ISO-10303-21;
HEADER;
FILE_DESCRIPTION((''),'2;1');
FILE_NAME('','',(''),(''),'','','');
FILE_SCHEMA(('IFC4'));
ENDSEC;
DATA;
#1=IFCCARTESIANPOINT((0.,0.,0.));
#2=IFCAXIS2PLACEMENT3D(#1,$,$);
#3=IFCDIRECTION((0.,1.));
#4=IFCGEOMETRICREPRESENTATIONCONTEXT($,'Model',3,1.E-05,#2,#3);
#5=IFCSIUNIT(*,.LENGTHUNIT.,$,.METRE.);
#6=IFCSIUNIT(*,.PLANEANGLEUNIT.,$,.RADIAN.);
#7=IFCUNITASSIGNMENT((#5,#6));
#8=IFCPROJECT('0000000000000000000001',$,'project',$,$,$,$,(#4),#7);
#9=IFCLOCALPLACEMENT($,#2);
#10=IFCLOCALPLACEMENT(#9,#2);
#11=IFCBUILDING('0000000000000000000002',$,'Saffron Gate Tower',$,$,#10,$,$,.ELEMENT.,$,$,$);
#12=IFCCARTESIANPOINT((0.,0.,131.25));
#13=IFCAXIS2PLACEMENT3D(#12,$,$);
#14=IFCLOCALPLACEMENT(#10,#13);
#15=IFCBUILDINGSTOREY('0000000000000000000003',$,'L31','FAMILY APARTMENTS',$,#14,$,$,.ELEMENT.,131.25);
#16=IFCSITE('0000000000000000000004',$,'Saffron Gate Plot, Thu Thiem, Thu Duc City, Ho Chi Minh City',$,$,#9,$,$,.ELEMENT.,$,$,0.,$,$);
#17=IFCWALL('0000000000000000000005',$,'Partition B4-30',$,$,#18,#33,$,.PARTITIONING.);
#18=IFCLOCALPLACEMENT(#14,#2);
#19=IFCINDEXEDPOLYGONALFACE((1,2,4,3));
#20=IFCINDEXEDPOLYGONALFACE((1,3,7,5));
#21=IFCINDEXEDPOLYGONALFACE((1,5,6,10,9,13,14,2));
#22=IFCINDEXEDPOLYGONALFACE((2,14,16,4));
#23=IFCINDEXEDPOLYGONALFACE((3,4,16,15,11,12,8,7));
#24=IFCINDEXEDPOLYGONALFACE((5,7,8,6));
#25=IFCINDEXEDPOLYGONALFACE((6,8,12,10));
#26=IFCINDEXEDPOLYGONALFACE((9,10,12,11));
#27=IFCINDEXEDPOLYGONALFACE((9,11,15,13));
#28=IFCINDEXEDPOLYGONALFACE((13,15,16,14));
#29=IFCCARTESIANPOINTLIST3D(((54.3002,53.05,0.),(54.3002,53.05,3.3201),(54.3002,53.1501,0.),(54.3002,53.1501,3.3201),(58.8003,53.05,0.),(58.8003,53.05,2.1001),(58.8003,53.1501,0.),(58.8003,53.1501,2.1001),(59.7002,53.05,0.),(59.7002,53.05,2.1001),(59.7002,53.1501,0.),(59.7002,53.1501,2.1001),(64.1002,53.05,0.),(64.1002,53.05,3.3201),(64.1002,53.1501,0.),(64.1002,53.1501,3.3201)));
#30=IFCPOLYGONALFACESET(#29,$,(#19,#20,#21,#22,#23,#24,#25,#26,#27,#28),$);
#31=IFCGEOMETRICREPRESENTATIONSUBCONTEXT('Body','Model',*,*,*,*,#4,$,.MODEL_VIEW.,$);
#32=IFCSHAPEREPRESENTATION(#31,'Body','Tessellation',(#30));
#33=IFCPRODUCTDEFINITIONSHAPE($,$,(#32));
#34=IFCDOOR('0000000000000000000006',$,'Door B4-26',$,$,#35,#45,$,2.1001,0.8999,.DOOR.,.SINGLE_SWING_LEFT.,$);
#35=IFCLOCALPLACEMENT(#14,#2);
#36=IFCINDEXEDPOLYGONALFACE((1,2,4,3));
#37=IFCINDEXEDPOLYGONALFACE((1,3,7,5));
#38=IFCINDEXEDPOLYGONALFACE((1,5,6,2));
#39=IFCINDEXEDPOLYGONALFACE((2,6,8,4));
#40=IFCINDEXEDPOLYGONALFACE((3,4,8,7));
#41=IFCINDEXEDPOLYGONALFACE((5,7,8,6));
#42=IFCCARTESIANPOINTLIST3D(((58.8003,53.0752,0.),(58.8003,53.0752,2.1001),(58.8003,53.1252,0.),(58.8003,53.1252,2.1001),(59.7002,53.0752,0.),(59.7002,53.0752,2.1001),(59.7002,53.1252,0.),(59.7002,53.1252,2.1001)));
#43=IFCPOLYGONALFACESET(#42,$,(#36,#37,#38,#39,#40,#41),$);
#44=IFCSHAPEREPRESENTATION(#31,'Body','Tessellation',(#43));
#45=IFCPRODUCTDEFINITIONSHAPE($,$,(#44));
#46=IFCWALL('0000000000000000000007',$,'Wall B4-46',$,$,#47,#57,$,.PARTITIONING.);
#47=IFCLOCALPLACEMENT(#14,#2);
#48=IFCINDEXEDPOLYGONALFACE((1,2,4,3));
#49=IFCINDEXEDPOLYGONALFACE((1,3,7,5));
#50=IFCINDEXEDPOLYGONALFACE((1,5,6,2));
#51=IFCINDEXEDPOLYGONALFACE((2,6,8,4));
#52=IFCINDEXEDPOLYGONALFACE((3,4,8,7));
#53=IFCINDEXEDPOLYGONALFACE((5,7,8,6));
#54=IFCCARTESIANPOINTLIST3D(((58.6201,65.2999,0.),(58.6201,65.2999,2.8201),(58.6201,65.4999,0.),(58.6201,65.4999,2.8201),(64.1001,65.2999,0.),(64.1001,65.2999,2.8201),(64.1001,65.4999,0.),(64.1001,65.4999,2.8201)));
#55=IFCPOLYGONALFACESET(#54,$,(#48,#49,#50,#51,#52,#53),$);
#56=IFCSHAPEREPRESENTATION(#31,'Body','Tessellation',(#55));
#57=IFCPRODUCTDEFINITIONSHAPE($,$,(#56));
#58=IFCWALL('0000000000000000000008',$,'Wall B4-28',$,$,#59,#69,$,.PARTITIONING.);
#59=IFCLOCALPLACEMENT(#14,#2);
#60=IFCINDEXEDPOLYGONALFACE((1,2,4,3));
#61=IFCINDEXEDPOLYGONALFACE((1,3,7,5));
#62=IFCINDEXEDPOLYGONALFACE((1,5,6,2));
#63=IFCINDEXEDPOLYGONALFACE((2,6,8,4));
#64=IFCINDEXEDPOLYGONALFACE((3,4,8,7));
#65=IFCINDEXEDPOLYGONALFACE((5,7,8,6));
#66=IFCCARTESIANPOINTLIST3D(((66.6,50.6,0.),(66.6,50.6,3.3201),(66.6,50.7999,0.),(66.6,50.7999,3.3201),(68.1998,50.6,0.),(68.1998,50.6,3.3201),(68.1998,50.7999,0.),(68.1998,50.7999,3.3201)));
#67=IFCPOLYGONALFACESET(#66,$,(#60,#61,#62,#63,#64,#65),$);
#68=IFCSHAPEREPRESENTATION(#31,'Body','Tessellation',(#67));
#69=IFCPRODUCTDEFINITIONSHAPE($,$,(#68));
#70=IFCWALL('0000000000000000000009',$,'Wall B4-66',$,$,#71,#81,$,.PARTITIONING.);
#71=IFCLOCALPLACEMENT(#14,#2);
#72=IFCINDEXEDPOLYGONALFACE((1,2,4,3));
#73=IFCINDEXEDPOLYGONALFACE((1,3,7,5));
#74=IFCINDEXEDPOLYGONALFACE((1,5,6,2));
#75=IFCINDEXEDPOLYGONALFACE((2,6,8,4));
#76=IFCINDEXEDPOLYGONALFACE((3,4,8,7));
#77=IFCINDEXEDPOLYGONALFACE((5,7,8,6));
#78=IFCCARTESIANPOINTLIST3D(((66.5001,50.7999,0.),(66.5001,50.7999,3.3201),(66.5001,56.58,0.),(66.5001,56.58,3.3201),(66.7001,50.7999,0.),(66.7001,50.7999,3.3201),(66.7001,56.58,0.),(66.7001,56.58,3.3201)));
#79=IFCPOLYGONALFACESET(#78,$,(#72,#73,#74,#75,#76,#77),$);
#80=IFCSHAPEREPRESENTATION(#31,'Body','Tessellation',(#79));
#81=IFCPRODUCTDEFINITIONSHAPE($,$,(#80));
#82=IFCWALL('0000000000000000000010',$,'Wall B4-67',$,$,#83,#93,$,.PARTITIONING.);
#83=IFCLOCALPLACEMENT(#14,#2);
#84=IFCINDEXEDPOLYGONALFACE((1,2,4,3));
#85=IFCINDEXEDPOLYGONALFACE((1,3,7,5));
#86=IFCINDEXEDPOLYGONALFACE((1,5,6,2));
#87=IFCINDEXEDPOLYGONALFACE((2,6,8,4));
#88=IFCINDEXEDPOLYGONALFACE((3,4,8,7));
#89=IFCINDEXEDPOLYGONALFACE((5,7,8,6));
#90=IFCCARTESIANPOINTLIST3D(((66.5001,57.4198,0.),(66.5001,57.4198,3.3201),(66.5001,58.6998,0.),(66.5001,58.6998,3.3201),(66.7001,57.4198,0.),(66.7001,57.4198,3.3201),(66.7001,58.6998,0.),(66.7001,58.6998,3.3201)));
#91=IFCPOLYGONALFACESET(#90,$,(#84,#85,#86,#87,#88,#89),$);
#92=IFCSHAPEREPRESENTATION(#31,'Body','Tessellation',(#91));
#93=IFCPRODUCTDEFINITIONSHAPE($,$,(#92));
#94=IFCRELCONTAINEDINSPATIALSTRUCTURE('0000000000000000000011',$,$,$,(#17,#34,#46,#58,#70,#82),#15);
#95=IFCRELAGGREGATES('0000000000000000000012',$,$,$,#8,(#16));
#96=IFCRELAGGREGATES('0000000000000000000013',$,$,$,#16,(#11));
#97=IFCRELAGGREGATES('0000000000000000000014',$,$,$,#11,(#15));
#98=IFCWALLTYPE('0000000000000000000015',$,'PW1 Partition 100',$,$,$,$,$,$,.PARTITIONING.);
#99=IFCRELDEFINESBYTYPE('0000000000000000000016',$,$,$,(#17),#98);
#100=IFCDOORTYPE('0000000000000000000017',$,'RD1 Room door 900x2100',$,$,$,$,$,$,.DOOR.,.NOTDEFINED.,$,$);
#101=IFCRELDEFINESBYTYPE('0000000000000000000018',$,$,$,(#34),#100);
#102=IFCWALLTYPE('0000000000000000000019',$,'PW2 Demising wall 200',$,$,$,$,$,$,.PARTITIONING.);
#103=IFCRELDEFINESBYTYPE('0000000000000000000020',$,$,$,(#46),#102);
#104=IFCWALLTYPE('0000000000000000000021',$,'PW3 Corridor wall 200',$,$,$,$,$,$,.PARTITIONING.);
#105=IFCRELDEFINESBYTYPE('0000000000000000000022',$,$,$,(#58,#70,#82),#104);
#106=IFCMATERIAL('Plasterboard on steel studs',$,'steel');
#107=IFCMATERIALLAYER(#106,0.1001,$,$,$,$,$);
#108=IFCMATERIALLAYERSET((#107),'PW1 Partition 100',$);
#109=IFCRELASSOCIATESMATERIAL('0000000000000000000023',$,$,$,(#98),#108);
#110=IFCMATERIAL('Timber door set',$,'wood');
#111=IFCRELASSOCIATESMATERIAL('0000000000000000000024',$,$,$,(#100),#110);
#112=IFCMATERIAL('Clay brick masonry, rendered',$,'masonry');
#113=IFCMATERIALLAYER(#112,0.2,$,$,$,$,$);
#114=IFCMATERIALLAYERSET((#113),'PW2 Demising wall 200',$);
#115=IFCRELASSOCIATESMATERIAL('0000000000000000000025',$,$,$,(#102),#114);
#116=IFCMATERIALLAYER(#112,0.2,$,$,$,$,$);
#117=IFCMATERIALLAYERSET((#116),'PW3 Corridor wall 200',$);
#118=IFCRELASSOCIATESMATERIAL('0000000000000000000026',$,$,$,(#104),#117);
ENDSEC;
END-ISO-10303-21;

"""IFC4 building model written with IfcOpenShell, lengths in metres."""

from ifc_helpers import new_model, si_unit, direction, frame, frame_2d, origin, place, context, subcontext, project, spatial, rectangle, extrude, material, layer, layer_set, type_object, element, fill, save


model = new_model("IFC4")

# Units and contexts
model_context = context("Model", 3, precision=1e-05, world=origin(), true_north=direction((0.0, 1.0)))
body_context = subcontext(model_context, "Body", "Model", "MODEL_VIEW")
ifc_project = project(units=[si_unit("LENGTHUNIT", "METRE"), si_unit("PLANEANGLEUNIT", "RADIAN")], contexts=[model_context])

# Site, building, storey
site_placement = place(None, origin())
site = spatial("IfcSite", under=ifc_project, at=site_placement, Name="Saffron Gate Plot, Thu Thiem, Thu Duc City, Ho Chi Minh City", CompositionType="ELEMENT", RefElevation=0.0)
building_placement = place(site_placement, origin())
building = spatial("IfcBuilding", under=site, at=building_placement, Name="Saffron Gate Tower", CompositionType="ELEMENT")
storey_placement = place(building_placement, frame((0.0, 0.0, 131.25)))
storey = spatial("IfcBuildingStorey", under=building, at=storey_placement, Name="L31", Description="FAMILY APARTMENTS", CompositionType="ELEMENT", Elevation=131.25)

# Wall, opening, door
ifc_material_1 = material(Name="Plasterboard on steel studs", Category="steel")
ifc_layer_1 = layer(ifc_material_1, 0.1001)
ifc_layer_set_1 = layer_set([ifc_layer_1], Name="PW1 Partition 100")
wall_type_1 = type_object("IfcWallType", Name="PW1 Partition 100", PredefinedType="PARTITIONING", material=ifc_layer_set_1)
wall_1_placement = place(storey_placement, frame((64.1001, 53.1001, 0.0), z_axis=(0.0, 0.0, 1.0), x_axis=(-1.0, 0.0, 0.0)))
wall_1 = element("IfcWall", 1, at=wall_1_placement, inside=storey, type_object=wall_type_1, Name="Partition B4-30", PredefinedType="PARTITIONING", context=body_context, shape_type="SweptSolid", body=[
    extrude(rectangle(XDim=9.8, YDim=0.1001, at=frame_2d((4.8999, 0.0))), origin(), (0.0, 0.0, 1.0), 3.3201),
])
opening_1_placement = place(wall_1_placement, frame((4.3999, 0.0, 0.0)))
opening_1 = element("IfcOpeningElement", 2, at=opening_1_placement, cuts=wall_1, PredefinedType="OPENING", context=body_context, shape_type="SweptSolid", body=[
    extrude(rectangle(XDim=0.8999, YDim=2.1001, at=frame_2d((0.45, 1.05))), frame((0.0, 0.0601, 0.0), z_axis=(0.0, -1.0, 0.0), x_axis=(1.0, 0.0, 0.0)), (0.0, 0.0, 1.0), 0.1201),
])
ifc_material_2 = material(Name="Timber door set", Category="wood")
door_type_1 = type_object("IfcDoorType", Name="RD1 Room door 900x2100", OperationType="NOTDEFINED", PredefinedType="DOOR", material=ifc_material_2)
door_1_placement = place(opening_1_placement, origin())
door_1 = element("IfcDoor", 3, at=door_1_placement, inside=storey, type_object=door_type_1, Name="Door B4-26", OperationType="SINGLE_SWING_LEFT", OverallHeight=2.1001, OverallWidth=0.8999, PredefinedType="DOOR", context=body_context, shape_type="SweptSolid", body=[
    extrude(rectangle(XDim=0.8999, YDim=2.1001, at=frame_2d((0.45, 1.05))), frame((0.0, 0.0249, 0.0), z_axis=(0.0, -1.0, 0.0), x_axis=(1.0, 0.0, 0.0)), (0.0, 0.0, 1.0), 0.05),
])
fill(opening_1, door_1)

# Walls
ifc_material_3 = material(Name="Clay brick masonry, rendered", Category="masonry")
ifc_layer_2 = layer(ifc_material_3, 0.2)
ifc_layer_set_2 = layer_set([ifc_layer_2], Name="PW2 Demising wall 200")
wall_type_2 = type_object("IfcWallType", Name="PW2 Demising wall 200", PredefinedType="PARTITIONING", material=ifc_layer_set_2)
wall_2_placement = place(storey_placement, frame((58.6201, 65.3999, 0.0), z_axis=(0.0, 0.0, 1.0), x_axis=(1.0, 0.0, 0.0)))
element("IfcWall", 4, at=wall_2_placement, inside=storey, type_object=wall_type_2, Name="Wall B4-46", PredefinedType="PARTITIONING", context=body_context, shape_type="SweptSolid", body=[
    extrude(rectangle(XDim=5.48, YDim=0.2, at=frame_2d((2.74, 0.0))), origin(), (0.0, 0.0, 1.0), 2.8201),
])
ifc_layer_3 = layer(ifc_material_3, 0.2)
ifc_layer_set_3 = layer_set([ifc_layer_3], Name="PW3 Corridor wall 200")
wall_type_3 = type_object("IfcWallType", Name="PW3 Corridor wall 200", PredefinedType="PARTITIONING", material=ifc_layer_set_3)
wall_3_placement = place(storey_placement, frame((66.6001, 50.7, 0.0), z_axis=(0.0, 0.0, 1.0), x_axis=(1.0, 0.0, 0.0)))
element("IfcWall", 5, at=wall_3_placement, inside=storey, type_object=wall_type_3, Name="Wall B4-28", PredefinedType="PARTITIONING", context=body_context, shape_type="SweptSolid", body=[
    extrude(rectangle(XDim=1.5999, YDim=0.2, at=frame_2d((0.7998, 0.0))), origin(), (0.0, 0.0, 1.0), 3.3201),
])
wall_4_placement = place(storey_placement, frame((66.6001, 56.5801, 0.0), z_axis=(0.0, 0.0, 1.0), x_axis=(0.0, -1.0, 0.0)))
element("IfcWall", 6, at=wall_4_placement, inside=storey, type_object=wall_type_3, Name="Wall B4-66", PredefinedType="PARTITIONING", context=body_context, shape_type="SweptSolid", body=[
    extrude(rectangle(XDim=5.78, YDim=0.2, at=frame_2d((2.8901, 0.0))), origin(), (0.0, 0.0, 1.0), 3.3201),
])
wall_5_placement = place(storey_placement, frame((66.6001, 58.7, 0.0), z_axis=(0.0, 0.0, 1.0), x_axis=(0.0, -1.0, 0.0)))
element("IfcWall", 7, at=wall_5_placement, inside=storey, type_object=wall_type_3, Name="Wall B4-67", PredefinedType="PARTITIONING", context=body_context, shape_type="SweptSolid", body=[
    extrude(rectangle(XDim=1.28, YDim=0.2, at=frame_2d((0.6401, 0.0))), origin(), (0.0, 0.0, 1.0), 3.3201),
])

save(model, "model.ifc")
